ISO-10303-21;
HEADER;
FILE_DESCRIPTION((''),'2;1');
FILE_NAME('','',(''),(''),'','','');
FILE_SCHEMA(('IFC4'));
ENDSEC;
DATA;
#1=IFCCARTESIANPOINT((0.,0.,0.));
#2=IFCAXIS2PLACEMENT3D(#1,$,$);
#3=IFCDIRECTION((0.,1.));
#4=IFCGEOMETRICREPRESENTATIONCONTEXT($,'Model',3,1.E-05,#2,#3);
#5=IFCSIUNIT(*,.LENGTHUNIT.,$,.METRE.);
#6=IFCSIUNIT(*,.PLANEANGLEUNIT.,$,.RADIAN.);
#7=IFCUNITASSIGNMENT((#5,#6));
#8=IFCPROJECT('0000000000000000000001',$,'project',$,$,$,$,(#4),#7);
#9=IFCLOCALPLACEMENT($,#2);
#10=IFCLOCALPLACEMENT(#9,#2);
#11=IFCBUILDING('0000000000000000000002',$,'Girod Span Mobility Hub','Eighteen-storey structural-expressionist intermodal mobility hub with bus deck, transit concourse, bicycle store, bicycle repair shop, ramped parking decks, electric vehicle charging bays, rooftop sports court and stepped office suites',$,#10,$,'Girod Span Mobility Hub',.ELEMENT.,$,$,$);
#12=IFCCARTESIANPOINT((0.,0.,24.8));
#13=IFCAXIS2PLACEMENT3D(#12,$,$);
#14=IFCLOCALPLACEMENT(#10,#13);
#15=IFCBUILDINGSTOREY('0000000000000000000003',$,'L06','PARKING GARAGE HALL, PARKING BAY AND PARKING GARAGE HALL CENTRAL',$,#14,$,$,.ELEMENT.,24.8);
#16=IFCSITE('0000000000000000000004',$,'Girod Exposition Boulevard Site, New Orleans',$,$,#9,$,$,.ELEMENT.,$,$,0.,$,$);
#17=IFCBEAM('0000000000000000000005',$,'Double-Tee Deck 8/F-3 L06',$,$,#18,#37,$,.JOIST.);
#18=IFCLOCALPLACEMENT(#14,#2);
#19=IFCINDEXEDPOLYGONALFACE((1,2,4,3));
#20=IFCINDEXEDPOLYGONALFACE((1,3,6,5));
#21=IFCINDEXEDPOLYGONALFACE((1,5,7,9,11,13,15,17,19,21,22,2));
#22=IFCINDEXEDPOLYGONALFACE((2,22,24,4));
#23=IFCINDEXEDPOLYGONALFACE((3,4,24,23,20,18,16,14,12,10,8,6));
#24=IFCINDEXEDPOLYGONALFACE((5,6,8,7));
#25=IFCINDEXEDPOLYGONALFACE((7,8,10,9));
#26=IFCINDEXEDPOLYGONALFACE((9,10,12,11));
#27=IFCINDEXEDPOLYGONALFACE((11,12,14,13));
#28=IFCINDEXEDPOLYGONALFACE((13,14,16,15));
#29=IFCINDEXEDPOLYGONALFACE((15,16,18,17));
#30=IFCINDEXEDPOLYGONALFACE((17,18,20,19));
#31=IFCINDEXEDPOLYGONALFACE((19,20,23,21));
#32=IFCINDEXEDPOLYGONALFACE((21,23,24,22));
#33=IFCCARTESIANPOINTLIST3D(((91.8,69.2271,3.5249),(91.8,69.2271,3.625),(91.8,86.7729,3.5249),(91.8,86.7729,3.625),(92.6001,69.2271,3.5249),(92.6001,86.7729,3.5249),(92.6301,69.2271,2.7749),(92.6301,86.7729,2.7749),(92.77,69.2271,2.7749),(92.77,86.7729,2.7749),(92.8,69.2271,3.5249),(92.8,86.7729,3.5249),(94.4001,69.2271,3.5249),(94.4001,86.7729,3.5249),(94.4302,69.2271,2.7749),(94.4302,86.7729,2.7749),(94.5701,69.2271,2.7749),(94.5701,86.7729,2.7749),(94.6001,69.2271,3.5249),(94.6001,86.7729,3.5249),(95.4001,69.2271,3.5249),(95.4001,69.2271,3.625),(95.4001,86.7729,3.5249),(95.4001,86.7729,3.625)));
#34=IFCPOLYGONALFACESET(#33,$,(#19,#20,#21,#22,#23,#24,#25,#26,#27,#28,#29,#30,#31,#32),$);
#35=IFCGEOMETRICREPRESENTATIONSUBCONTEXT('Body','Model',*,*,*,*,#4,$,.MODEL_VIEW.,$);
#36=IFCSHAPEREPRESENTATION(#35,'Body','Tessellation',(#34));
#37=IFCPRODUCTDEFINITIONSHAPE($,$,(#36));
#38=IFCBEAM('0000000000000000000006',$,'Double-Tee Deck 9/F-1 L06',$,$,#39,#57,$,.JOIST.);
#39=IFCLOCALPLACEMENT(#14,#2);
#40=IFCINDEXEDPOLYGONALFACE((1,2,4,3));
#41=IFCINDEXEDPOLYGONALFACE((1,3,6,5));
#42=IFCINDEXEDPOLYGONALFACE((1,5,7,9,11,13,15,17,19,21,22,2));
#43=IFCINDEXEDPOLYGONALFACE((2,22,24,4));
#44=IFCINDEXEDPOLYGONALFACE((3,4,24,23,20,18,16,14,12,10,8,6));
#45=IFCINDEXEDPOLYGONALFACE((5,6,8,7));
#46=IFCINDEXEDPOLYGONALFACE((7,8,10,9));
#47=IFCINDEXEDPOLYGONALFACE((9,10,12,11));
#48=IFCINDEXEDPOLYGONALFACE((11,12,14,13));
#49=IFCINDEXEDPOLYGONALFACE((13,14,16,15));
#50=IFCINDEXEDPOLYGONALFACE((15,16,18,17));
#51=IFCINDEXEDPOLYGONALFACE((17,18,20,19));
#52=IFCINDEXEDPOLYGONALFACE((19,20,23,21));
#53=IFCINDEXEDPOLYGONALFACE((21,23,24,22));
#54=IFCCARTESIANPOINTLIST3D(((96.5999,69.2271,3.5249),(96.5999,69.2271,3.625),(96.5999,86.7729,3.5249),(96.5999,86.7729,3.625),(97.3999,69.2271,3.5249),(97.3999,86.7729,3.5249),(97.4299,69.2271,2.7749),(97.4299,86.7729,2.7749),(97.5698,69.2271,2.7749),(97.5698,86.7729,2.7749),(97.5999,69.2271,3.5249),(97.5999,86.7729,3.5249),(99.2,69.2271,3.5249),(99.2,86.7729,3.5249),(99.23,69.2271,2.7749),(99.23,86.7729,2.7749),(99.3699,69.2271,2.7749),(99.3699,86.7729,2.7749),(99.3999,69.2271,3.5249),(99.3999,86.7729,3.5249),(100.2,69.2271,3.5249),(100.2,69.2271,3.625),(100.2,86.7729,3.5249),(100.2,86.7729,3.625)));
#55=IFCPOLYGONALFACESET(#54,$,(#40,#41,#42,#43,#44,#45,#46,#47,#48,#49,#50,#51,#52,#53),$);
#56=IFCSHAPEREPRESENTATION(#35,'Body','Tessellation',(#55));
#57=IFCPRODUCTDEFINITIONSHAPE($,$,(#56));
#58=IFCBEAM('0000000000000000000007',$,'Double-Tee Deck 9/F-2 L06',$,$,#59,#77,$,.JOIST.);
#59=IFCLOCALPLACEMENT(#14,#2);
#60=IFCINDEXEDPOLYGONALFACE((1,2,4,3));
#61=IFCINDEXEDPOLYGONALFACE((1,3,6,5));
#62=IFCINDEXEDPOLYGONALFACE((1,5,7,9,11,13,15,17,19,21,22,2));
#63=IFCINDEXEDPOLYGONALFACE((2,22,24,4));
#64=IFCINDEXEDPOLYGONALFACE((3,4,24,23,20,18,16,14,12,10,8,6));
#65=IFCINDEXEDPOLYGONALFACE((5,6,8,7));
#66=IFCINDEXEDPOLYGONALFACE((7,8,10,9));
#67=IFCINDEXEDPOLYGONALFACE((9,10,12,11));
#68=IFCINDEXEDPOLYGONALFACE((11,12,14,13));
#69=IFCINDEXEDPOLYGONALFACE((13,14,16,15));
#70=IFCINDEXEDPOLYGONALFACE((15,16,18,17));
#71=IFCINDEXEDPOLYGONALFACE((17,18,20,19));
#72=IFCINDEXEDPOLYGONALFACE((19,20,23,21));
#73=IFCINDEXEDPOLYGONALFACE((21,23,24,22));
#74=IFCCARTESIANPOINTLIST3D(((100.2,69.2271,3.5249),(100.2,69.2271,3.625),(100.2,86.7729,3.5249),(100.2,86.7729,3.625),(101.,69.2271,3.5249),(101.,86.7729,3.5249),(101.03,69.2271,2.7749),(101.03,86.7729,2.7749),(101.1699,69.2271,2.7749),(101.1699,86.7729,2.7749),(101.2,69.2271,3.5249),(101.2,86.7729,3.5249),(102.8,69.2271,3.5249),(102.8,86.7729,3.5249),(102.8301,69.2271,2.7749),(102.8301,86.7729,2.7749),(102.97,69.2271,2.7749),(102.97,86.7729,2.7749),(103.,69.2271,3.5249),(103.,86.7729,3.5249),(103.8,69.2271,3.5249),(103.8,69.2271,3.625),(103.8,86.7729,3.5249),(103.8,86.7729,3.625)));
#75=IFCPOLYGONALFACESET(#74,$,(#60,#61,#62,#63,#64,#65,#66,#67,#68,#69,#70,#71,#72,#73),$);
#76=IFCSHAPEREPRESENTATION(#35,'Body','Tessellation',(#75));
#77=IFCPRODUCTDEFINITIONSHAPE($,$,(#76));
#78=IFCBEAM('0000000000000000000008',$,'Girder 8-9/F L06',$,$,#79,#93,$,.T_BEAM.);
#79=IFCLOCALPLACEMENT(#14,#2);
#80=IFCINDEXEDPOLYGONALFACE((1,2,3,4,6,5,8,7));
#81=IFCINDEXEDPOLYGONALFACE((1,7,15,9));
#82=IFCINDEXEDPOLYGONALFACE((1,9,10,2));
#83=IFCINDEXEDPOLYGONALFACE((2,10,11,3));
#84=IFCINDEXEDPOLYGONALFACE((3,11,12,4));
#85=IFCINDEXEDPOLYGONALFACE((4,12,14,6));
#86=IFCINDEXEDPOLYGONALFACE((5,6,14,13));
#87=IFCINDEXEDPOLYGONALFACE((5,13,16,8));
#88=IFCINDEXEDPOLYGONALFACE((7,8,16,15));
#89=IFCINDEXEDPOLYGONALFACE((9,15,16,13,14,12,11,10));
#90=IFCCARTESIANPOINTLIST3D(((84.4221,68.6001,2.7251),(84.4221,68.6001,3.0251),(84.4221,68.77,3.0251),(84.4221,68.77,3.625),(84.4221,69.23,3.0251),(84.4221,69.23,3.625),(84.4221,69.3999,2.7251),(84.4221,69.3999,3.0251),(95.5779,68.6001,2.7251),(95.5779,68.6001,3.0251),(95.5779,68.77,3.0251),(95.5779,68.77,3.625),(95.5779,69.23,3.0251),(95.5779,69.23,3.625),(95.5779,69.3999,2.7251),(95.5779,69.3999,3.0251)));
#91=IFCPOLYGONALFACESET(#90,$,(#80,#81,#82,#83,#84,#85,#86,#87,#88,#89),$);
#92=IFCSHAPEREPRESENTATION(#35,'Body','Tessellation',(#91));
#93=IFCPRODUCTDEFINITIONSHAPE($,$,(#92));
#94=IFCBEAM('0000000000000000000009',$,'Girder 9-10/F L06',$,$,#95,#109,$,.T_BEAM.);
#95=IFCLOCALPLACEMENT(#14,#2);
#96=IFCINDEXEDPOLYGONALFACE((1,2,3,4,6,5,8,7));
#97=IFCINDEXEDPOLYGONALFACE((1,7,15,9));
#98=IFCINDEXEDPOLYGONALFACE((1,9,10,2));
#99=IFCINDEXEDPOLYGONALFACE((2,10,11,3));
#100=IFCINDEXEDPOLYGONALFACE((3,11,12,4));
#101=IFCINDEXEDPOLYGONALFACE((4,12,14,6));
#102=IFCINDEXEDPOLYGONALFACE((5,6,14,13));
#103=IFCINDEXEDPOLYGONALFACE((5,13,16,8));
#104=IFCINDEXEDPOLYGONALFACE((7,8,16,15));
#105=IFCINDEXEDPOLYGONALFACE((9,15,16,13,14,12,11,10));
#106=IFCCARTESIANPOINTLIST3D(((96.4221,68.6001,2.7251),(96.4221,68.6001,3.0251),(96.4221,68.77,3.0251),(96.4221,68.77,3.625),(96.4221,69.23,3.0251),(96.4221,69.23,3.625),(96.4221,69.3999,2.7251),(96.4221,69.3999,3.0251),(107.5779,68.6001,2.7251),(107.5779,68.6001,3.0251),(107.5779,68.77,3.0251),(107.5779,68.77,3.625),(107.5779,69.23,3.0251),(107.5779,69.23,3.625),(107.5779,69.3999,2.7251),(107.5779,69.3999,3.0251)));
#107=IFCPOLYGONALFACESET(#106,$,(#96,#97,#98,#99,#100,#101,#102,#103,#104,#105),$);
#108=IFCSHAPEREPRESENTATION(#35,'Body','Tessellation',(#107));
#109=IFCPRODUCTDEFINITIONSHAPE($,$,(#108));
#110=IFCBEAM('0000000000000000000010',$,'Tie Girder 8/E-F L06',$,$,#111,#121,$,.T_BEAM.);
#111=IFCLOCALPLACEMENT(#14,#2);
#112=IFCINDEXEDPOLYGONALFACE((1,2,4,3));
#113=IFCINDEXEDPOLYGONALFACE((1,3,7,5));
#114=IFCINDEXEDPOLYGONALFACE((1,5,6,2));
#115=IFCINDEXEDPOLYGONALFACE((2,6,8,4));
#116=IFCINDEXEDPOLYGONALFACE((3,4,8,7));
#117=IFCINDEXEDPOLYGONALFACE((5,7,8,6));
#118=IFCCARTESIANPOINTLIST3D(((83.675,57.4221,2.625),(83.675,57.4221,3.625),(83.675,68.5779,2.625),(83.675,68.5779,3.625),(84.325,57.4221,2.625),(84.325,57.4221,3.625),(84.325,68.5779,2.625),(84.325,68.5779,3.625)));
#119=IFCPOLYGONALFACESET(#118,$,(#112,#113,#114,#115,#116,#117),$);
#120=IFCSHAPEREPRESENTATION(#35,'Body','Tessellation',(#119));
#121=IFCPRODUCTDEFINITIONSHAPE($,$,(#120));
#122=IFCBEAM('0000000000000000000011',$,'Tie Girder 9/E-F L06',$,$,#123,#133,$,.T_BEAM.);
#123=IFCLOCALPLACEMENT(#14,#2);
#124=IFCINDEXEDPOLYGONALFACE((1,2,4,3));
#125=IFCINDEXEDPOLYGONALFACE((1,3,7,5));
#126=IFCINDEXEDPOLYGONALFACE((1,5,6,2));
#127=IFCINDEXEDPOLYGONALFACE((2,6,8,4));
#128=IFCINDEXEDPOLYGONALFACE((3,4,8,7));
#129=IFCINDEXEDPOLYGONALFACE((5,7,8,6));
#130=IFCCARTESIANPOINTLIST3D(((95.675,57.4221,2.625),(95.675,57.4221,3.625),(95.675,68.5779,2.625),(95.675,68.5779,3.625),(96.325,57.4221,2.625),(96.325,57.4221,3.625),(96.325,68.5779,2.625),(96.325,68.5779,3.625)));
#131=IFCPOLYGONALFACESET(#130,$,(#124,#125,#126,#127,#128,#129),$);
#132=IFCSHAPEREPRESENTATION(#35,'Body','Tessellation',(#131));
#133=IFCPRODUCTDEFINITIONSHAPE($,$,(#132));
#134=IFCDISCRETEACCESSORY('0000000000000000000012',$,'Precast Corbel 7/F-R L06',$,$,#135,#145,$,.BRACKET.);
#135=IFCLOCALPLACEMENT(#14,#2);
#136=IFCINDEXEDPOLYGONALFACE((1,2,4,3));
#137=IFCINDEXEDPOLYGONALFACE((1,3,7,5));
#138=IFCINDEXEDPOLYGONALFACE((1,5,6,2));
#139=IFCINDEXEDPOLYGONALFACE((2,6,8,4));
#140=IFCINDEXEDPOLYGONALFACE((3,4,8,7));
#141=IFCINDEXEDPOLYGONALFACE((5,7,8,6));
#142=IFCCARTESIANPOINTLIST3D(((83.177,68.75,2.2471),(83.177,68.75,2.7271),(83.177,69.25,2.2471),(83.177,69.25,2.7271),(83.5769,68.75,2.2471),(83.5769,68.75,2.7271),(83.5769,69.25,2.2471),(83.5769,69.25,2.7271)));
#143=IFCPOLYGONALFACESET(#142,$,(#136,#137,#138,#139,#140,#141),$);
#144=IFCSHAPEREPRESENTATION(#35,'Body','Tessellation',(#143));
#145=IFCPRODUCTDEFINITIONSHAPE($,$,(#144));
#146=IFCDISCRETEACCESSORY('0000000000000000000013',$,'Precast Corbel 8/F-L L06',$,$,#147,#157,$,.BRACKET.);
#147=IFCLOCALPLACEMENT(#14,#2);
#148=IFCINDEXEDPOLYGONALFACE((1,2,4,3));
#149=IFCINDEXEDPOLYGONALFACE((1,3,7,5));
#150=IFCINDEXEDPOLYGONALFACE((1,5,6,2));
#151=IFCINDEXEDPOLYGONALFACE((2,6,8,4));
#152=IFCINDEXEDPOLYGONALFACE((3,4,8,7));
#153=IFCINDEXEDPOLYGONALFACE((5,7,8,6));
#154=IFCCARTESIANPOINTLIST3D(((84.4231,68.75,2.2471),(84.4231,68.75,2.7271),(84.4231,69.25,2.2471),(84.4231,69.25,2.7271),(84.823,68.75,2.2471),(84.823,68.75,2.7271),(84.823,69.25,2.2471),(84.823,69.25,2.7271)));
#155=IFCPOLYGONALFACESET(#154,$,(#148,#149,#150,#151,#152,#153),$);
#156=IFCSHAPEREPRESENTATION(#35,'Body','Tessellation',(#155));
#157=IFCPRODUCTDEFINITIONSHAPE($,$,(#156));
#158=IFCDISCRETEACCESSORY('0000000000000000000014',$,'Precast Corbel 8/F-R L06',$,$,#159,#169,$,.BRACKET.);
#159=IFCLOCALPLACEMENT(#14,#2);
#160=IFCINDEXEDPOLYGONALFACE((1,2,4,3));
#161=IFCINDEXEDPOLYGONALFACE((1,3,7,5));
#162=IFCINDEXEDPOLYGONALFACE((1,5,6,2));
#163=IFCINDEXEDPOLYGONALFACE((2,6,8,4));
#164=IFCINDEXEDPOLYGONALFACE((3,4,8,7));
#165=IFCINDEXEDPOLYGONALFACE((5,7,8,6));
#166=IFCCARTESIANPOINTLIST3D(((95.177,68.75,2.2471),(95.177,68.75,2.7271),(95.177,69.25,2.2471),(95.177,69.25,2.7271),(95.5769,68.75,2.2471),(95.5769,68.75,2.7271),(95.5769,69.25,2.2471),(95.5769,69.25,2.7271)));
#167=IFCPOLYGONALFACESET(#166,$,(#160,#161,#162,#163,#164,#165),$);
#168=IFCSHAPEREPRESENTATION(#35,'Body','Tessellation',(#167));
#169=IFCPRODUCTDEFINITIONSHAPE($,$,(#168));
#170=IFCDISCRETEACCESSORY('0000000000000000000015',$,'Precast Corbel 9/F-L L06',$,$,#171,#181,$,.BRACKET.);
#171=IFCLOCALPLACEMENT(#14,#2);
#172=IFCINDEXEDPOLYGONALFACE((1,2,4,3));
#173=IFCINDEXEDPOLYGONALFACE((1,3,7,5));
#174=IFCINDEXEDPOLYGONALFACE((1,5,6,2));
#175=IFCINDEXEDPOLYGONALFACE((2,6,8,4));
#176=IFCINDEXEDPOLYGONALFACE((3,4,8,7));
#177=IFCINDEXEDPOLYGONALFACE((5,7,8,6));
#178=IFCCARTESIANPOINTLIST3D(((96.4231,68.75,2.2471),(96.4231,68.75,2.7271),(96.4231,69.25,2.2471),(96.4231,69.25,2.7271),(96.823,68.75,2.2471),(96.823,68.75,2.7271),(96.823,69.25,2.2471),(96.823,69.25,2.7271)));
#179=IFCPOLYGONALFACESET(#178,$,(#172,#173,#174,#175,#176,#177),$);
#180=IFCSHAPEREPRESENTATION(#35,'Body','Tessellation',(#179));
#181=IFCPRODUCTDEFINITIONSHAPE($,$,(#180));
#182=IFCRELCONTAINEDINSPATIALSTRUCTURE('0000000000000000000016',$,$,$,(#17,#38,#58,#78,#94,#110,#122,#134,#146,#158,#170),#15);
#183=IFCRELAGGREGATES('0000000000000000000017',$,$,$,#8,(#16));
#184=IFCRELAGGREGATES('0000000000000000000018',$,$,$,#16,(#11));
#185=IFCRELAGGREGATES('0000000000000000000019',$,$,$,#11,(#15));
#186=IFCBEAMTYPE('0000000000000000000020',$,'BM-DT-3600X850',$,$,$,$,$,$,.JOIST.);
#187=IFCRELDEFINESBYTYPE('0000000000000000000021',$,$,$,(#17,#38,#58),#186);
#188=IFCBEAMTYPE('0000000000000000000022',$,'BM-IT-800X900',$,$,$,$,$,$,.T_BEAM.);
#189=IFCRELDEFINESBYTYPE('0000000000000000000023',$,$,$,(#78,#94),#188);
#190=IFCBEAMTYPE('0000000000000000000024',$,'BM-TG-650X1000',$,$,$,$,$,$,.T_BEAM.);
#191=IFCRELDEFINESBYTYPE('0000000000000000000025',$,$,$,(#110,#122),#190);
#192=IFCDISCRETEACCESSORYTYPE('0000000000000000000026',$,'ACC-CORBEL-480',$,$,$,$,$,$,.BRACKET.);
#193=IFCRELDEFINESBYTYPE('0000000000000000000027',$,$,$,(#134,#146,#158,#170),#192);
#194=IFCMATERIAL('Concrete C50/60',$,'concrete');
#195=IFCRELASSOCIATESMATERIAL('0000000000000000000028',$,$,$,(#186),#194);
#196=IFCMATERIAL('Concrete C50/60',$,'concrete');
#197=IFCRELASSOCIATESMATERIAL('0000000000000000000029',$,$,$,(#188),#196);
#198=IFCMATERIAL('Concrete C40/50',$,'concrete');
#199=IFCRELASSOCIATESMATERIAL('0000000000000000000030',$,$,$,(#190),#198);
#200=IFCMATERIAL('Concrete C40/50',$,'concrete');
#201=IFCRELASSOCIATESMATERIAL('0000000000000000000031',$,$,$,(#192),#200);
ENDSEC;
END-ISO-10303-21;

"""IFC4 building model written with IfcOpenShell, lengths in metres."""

from ifc_helpers import new_model, si_unit, direction, frame, origin, origin_2d, place, context, subcontext, project, spatial, polyline, rectangle, outline, extrude, material, material_profile, profile_set, type_object, element, save


model = new_model("IFC4")

# Units and contexts
model_context = context("Model", 3, precision=1e-05, world=origin(), true_north=direction((0.0, 1.0)))
body_context = subcontext(model_context, "Body", "Model", "MODEL_VIEW")
ifc_project = project(units=[si_unit("LENGTHUNIT", "METRE"), si_unit("PLANEANGLEUNIT", "RADIAN")], contexts=[model_context])

# Site, building, storey
site_placement = place(None, origin())
site = spatial("IfcSite", under=ifc_project, at=site_placement, Name="Girod Exposition Boulevard Site, New Orleans", CompositionType="ELEMENT", RefElevation=0.0)
building_placement = place(site_placement, origin())
building = spatial("IfcBuilding", under=site, at=building_placement, Name="Girod Span Mobility Hub", Description="Eighteen-storey structural-expressionist intermodal mobility hub with bus deck, transit concourse, bicycle store, bicycle repair shop, ramped parking decks, electric vehicle charging bays, rooftop sports court and stepped office suites", LongName="Girod Span Mobility Hub", CompositionType="ELEMENT")
storey_placement = place(building_placement, frame((0.0, 0.0, 24.8)))
storey = spatial("IfcBuildingStorey", under=building, at=storey_placement, Name="L06", Description="PARKING GARAGE HALL, PARKING BAY AND PARKING GARAGE HALL CENTRAL", CompositionType="ELEMENT", Elevation=24.8)

# Beams
ifc_material_1 = material(Name="Concrete C50/60", Category="concrete")
ifc_material_profile_1 = material_profile(ifc_material_1, outline(polyline([(-1.8, 0.425), (-1.8, 0.325), (-1.0, 0.325), (-0.97, -0.425), (-0.8301, -0.425), (-0.8, 0.325), (0.8, 0.325), (0.8301, -0.425), (0.97, -0.425), (1.0, 0.325), (1.8, 0.325), (1.8, 0.425), (-1.8, 0.425)])), Name="DT-3600X850")
ifc_profile_set_1 = profile_set([ifc_material_profile_1], Name="Concrete C50/60")
beam_type_1 = type_object("IfcBeamType", Name="BM-DT-3600X850", PredefinedType="JOIST", material=ifc_profile_set_1)
for number, where, z_axis, x_axis, name in (
    (1, (93.6001, 69.2271, 3.2), (0.0, 1.0, 0.0), (-1.0, 0.0, 0.0), "Double-Tee Deck 8/F-3 L06"),
    (2, (98.3999, 69.2271, 3.2), (0.0, 1.0, 0.0), (-1.0, 0.0, 0.0), "Double-Tee Deck 9/F-1 L06"),
    (3, (102.0, 69.2271, 3.2), (0.0, 1.0, 0.0), (-1.0, 0.0, 0.0), "Double-Tee Deck 9/F-2 L06"),
):
    element("IfcBeam", number, at=place(storey_placement, frame(where, z_axis=z_axis, x_axis=x_axis)), inside=storey, type_object=beam_type_1, Name=name, PredefinedType="JOIST", context=body_context, shape_type="SweptSolid", body=[
        extrude(outline(polyline([(-1.8, 0.425), (-1.8, 0.325), (-1.0, 0.325), (-0.97, -0.425), (-0.8301, -0.425), (-0.8, 0.325), (0.8, 0.325), (0.8301, -0.425), (0.97, -0.425), (1.0, 0.325), (1.8, 0.325), (1.8, 0.425), (-1.8, 0.425)])), origin(), (0.0, 0.0, 1.0), 17.5459),
    ])
ifc_material_2 = material(Name="Concrete C50/60", Category="concrete")
ifc_material_profile_2 = material_profile(ifc_material_2, outline(polyline([(-0.3999, -0.45), (0.3999, -0.45), (0.3999, -0.1499), (0.23, -0.1499), (0.23, 0.45), (-0.23, 0.45), (-0.23, -0.1499), (-0.3999, -0.1499), (-0.3999, -0.45)])), Name="IT-800X900")
ifc_profile_set_2 = profile_set([ifc_material_profile_2], Name="Concrete C50/60")
beam_type_2 = type_object("IfcBeamType", Name="BM-IT-800X900", PredefinedType="T_BEAM", material=ifc_profile_set_2)
for number, where, z_axis, x_axis, name in (
    (4, (84.4221, 69.0, 3.175), (1.0, 0.0, 0.0), (0.0, 1.0, 0.0), "Girder 8-9/F L06"),
    (5, (96.4221, 69.0, 3.175), (1.0, 0.0, 0.0), (0.0, 1.0, 0.0), "Girder 9-10/F L06"),
):
    element("IfcBeam", number, at=place(storey_placement, frame(where, z_axis=z_axis, x_axis=x_axis)), inside=storey, type_object=beam_type_2, Name=name, PredefinedType="T_BEAM", context=body_context, shape_type="SweptSolid", body=[
        extrude(outline(polyline([(-0.3999, -0.45), (0.3999, -0.45), (0.3999, -0.1499), (0.23, -0.1499), (0.23, 0.45), (-0.23, 0.45), (-0.23, -0.1499), (-0.3999, -0.1499), (-0.3999, -0.45)])), origin(), (0.0, 0.0, 1.0), 11.1558),
    ])
ifc_material_3 = material(Name="Concrete C40/50", Category="concrete")
ifc_material_profile_3 = material_profile(ifc_material_3, rectangle(XDim=0.6499, YDim=1.0, at=origin_2d()), Name="TG-650X1000")
ifc_profile_set_3 = profile_set([ifc_material_profile_3], Name="Concrete C40/50")
beam_type_3 = type_object("IfcBeamType", Name="BM-TG-650X1000", PredefinedType="T_BEAM", material=ifc_profile_set_3)
for number, where, z_axis, x_axis, name in (
    (6, (84.0, 57.4221, 3.125), (0.0, 1.0, 0.0), (-1.0, 0.0, 0.0), "Tie Girder 8/E-F L06"),
    (7, (96.0, 57.4221, 3.125), (0.0, 1.0, 0.0), (-1.0, 0.0, 0.0), "Tie Girder 9/E-F L06"),
):
    element("IfcBeam", number, at=place(storey_placement, frame(where, z_axis=z_axis, x_axis=x_axis)), inside=storey, type_object=beam_type_3, Name=name, PredefinedType="T_BEAM", context=body_context, shape_type="SweptSolid", body=[
        extrude(rectangle(XDim=0.6499, YDim=1.0, at=origin_2d()), origin(), (0.0, 0.0, 1.0), 11.1558),
    ])

# Discrete accessories
ifc_material_4 = material(Name="Concrete C40/50", Category="concrete")
discrete_accessory_type = type_object("IfcDiscreteAccessoryType", Name="ACC-CORBEL-480", PredefinedType="BRACKET", material=ifc_material_4)
for number, where, z_axis, x_axis, name in (
    (8, (83.377, 69.0, 2.2471), (0.0, 0.0, 1.0), (1.0, 0.0, 0.0), "Precast Corbel 7/F-R L06"),
    (9, (84.623, 69.0, 2.2471), (0.0, 0.0, 1.0), (1.0, 0.0, 0.0), "Precast Corbel 8/F-L L06"),
    (10, (95.377, 69.0, 2.2471), (0.0, 0.0, 1.0), (1.0, 0.0, 0.0), "Precast Corbel 8/F-R L06"),
    (11, (96.623, 69.0, 2.2471), (0.0, 0.0, 1.0), (1.0, 0.0, 0.0), "Precast Corbel 9/F-L L06"),
):
    element("IfcDiscreteAccessory", number, at=place(storey_placement, frame(where, z_axis=z_axis, x_axis=x_axis)), inside=storey, type_object=discrete_accessory_type, Name=name, PredefinedType="BRACKET", context=body_context, shape_type="SweptSolid", body=[
        extrude(rectangle(XDim=0.3999, YDim=0.5, at=origin_2d()), origin(), (0.0, 0.0, 1.0), 0.48),
    ])

save(model, "model.ifc")
